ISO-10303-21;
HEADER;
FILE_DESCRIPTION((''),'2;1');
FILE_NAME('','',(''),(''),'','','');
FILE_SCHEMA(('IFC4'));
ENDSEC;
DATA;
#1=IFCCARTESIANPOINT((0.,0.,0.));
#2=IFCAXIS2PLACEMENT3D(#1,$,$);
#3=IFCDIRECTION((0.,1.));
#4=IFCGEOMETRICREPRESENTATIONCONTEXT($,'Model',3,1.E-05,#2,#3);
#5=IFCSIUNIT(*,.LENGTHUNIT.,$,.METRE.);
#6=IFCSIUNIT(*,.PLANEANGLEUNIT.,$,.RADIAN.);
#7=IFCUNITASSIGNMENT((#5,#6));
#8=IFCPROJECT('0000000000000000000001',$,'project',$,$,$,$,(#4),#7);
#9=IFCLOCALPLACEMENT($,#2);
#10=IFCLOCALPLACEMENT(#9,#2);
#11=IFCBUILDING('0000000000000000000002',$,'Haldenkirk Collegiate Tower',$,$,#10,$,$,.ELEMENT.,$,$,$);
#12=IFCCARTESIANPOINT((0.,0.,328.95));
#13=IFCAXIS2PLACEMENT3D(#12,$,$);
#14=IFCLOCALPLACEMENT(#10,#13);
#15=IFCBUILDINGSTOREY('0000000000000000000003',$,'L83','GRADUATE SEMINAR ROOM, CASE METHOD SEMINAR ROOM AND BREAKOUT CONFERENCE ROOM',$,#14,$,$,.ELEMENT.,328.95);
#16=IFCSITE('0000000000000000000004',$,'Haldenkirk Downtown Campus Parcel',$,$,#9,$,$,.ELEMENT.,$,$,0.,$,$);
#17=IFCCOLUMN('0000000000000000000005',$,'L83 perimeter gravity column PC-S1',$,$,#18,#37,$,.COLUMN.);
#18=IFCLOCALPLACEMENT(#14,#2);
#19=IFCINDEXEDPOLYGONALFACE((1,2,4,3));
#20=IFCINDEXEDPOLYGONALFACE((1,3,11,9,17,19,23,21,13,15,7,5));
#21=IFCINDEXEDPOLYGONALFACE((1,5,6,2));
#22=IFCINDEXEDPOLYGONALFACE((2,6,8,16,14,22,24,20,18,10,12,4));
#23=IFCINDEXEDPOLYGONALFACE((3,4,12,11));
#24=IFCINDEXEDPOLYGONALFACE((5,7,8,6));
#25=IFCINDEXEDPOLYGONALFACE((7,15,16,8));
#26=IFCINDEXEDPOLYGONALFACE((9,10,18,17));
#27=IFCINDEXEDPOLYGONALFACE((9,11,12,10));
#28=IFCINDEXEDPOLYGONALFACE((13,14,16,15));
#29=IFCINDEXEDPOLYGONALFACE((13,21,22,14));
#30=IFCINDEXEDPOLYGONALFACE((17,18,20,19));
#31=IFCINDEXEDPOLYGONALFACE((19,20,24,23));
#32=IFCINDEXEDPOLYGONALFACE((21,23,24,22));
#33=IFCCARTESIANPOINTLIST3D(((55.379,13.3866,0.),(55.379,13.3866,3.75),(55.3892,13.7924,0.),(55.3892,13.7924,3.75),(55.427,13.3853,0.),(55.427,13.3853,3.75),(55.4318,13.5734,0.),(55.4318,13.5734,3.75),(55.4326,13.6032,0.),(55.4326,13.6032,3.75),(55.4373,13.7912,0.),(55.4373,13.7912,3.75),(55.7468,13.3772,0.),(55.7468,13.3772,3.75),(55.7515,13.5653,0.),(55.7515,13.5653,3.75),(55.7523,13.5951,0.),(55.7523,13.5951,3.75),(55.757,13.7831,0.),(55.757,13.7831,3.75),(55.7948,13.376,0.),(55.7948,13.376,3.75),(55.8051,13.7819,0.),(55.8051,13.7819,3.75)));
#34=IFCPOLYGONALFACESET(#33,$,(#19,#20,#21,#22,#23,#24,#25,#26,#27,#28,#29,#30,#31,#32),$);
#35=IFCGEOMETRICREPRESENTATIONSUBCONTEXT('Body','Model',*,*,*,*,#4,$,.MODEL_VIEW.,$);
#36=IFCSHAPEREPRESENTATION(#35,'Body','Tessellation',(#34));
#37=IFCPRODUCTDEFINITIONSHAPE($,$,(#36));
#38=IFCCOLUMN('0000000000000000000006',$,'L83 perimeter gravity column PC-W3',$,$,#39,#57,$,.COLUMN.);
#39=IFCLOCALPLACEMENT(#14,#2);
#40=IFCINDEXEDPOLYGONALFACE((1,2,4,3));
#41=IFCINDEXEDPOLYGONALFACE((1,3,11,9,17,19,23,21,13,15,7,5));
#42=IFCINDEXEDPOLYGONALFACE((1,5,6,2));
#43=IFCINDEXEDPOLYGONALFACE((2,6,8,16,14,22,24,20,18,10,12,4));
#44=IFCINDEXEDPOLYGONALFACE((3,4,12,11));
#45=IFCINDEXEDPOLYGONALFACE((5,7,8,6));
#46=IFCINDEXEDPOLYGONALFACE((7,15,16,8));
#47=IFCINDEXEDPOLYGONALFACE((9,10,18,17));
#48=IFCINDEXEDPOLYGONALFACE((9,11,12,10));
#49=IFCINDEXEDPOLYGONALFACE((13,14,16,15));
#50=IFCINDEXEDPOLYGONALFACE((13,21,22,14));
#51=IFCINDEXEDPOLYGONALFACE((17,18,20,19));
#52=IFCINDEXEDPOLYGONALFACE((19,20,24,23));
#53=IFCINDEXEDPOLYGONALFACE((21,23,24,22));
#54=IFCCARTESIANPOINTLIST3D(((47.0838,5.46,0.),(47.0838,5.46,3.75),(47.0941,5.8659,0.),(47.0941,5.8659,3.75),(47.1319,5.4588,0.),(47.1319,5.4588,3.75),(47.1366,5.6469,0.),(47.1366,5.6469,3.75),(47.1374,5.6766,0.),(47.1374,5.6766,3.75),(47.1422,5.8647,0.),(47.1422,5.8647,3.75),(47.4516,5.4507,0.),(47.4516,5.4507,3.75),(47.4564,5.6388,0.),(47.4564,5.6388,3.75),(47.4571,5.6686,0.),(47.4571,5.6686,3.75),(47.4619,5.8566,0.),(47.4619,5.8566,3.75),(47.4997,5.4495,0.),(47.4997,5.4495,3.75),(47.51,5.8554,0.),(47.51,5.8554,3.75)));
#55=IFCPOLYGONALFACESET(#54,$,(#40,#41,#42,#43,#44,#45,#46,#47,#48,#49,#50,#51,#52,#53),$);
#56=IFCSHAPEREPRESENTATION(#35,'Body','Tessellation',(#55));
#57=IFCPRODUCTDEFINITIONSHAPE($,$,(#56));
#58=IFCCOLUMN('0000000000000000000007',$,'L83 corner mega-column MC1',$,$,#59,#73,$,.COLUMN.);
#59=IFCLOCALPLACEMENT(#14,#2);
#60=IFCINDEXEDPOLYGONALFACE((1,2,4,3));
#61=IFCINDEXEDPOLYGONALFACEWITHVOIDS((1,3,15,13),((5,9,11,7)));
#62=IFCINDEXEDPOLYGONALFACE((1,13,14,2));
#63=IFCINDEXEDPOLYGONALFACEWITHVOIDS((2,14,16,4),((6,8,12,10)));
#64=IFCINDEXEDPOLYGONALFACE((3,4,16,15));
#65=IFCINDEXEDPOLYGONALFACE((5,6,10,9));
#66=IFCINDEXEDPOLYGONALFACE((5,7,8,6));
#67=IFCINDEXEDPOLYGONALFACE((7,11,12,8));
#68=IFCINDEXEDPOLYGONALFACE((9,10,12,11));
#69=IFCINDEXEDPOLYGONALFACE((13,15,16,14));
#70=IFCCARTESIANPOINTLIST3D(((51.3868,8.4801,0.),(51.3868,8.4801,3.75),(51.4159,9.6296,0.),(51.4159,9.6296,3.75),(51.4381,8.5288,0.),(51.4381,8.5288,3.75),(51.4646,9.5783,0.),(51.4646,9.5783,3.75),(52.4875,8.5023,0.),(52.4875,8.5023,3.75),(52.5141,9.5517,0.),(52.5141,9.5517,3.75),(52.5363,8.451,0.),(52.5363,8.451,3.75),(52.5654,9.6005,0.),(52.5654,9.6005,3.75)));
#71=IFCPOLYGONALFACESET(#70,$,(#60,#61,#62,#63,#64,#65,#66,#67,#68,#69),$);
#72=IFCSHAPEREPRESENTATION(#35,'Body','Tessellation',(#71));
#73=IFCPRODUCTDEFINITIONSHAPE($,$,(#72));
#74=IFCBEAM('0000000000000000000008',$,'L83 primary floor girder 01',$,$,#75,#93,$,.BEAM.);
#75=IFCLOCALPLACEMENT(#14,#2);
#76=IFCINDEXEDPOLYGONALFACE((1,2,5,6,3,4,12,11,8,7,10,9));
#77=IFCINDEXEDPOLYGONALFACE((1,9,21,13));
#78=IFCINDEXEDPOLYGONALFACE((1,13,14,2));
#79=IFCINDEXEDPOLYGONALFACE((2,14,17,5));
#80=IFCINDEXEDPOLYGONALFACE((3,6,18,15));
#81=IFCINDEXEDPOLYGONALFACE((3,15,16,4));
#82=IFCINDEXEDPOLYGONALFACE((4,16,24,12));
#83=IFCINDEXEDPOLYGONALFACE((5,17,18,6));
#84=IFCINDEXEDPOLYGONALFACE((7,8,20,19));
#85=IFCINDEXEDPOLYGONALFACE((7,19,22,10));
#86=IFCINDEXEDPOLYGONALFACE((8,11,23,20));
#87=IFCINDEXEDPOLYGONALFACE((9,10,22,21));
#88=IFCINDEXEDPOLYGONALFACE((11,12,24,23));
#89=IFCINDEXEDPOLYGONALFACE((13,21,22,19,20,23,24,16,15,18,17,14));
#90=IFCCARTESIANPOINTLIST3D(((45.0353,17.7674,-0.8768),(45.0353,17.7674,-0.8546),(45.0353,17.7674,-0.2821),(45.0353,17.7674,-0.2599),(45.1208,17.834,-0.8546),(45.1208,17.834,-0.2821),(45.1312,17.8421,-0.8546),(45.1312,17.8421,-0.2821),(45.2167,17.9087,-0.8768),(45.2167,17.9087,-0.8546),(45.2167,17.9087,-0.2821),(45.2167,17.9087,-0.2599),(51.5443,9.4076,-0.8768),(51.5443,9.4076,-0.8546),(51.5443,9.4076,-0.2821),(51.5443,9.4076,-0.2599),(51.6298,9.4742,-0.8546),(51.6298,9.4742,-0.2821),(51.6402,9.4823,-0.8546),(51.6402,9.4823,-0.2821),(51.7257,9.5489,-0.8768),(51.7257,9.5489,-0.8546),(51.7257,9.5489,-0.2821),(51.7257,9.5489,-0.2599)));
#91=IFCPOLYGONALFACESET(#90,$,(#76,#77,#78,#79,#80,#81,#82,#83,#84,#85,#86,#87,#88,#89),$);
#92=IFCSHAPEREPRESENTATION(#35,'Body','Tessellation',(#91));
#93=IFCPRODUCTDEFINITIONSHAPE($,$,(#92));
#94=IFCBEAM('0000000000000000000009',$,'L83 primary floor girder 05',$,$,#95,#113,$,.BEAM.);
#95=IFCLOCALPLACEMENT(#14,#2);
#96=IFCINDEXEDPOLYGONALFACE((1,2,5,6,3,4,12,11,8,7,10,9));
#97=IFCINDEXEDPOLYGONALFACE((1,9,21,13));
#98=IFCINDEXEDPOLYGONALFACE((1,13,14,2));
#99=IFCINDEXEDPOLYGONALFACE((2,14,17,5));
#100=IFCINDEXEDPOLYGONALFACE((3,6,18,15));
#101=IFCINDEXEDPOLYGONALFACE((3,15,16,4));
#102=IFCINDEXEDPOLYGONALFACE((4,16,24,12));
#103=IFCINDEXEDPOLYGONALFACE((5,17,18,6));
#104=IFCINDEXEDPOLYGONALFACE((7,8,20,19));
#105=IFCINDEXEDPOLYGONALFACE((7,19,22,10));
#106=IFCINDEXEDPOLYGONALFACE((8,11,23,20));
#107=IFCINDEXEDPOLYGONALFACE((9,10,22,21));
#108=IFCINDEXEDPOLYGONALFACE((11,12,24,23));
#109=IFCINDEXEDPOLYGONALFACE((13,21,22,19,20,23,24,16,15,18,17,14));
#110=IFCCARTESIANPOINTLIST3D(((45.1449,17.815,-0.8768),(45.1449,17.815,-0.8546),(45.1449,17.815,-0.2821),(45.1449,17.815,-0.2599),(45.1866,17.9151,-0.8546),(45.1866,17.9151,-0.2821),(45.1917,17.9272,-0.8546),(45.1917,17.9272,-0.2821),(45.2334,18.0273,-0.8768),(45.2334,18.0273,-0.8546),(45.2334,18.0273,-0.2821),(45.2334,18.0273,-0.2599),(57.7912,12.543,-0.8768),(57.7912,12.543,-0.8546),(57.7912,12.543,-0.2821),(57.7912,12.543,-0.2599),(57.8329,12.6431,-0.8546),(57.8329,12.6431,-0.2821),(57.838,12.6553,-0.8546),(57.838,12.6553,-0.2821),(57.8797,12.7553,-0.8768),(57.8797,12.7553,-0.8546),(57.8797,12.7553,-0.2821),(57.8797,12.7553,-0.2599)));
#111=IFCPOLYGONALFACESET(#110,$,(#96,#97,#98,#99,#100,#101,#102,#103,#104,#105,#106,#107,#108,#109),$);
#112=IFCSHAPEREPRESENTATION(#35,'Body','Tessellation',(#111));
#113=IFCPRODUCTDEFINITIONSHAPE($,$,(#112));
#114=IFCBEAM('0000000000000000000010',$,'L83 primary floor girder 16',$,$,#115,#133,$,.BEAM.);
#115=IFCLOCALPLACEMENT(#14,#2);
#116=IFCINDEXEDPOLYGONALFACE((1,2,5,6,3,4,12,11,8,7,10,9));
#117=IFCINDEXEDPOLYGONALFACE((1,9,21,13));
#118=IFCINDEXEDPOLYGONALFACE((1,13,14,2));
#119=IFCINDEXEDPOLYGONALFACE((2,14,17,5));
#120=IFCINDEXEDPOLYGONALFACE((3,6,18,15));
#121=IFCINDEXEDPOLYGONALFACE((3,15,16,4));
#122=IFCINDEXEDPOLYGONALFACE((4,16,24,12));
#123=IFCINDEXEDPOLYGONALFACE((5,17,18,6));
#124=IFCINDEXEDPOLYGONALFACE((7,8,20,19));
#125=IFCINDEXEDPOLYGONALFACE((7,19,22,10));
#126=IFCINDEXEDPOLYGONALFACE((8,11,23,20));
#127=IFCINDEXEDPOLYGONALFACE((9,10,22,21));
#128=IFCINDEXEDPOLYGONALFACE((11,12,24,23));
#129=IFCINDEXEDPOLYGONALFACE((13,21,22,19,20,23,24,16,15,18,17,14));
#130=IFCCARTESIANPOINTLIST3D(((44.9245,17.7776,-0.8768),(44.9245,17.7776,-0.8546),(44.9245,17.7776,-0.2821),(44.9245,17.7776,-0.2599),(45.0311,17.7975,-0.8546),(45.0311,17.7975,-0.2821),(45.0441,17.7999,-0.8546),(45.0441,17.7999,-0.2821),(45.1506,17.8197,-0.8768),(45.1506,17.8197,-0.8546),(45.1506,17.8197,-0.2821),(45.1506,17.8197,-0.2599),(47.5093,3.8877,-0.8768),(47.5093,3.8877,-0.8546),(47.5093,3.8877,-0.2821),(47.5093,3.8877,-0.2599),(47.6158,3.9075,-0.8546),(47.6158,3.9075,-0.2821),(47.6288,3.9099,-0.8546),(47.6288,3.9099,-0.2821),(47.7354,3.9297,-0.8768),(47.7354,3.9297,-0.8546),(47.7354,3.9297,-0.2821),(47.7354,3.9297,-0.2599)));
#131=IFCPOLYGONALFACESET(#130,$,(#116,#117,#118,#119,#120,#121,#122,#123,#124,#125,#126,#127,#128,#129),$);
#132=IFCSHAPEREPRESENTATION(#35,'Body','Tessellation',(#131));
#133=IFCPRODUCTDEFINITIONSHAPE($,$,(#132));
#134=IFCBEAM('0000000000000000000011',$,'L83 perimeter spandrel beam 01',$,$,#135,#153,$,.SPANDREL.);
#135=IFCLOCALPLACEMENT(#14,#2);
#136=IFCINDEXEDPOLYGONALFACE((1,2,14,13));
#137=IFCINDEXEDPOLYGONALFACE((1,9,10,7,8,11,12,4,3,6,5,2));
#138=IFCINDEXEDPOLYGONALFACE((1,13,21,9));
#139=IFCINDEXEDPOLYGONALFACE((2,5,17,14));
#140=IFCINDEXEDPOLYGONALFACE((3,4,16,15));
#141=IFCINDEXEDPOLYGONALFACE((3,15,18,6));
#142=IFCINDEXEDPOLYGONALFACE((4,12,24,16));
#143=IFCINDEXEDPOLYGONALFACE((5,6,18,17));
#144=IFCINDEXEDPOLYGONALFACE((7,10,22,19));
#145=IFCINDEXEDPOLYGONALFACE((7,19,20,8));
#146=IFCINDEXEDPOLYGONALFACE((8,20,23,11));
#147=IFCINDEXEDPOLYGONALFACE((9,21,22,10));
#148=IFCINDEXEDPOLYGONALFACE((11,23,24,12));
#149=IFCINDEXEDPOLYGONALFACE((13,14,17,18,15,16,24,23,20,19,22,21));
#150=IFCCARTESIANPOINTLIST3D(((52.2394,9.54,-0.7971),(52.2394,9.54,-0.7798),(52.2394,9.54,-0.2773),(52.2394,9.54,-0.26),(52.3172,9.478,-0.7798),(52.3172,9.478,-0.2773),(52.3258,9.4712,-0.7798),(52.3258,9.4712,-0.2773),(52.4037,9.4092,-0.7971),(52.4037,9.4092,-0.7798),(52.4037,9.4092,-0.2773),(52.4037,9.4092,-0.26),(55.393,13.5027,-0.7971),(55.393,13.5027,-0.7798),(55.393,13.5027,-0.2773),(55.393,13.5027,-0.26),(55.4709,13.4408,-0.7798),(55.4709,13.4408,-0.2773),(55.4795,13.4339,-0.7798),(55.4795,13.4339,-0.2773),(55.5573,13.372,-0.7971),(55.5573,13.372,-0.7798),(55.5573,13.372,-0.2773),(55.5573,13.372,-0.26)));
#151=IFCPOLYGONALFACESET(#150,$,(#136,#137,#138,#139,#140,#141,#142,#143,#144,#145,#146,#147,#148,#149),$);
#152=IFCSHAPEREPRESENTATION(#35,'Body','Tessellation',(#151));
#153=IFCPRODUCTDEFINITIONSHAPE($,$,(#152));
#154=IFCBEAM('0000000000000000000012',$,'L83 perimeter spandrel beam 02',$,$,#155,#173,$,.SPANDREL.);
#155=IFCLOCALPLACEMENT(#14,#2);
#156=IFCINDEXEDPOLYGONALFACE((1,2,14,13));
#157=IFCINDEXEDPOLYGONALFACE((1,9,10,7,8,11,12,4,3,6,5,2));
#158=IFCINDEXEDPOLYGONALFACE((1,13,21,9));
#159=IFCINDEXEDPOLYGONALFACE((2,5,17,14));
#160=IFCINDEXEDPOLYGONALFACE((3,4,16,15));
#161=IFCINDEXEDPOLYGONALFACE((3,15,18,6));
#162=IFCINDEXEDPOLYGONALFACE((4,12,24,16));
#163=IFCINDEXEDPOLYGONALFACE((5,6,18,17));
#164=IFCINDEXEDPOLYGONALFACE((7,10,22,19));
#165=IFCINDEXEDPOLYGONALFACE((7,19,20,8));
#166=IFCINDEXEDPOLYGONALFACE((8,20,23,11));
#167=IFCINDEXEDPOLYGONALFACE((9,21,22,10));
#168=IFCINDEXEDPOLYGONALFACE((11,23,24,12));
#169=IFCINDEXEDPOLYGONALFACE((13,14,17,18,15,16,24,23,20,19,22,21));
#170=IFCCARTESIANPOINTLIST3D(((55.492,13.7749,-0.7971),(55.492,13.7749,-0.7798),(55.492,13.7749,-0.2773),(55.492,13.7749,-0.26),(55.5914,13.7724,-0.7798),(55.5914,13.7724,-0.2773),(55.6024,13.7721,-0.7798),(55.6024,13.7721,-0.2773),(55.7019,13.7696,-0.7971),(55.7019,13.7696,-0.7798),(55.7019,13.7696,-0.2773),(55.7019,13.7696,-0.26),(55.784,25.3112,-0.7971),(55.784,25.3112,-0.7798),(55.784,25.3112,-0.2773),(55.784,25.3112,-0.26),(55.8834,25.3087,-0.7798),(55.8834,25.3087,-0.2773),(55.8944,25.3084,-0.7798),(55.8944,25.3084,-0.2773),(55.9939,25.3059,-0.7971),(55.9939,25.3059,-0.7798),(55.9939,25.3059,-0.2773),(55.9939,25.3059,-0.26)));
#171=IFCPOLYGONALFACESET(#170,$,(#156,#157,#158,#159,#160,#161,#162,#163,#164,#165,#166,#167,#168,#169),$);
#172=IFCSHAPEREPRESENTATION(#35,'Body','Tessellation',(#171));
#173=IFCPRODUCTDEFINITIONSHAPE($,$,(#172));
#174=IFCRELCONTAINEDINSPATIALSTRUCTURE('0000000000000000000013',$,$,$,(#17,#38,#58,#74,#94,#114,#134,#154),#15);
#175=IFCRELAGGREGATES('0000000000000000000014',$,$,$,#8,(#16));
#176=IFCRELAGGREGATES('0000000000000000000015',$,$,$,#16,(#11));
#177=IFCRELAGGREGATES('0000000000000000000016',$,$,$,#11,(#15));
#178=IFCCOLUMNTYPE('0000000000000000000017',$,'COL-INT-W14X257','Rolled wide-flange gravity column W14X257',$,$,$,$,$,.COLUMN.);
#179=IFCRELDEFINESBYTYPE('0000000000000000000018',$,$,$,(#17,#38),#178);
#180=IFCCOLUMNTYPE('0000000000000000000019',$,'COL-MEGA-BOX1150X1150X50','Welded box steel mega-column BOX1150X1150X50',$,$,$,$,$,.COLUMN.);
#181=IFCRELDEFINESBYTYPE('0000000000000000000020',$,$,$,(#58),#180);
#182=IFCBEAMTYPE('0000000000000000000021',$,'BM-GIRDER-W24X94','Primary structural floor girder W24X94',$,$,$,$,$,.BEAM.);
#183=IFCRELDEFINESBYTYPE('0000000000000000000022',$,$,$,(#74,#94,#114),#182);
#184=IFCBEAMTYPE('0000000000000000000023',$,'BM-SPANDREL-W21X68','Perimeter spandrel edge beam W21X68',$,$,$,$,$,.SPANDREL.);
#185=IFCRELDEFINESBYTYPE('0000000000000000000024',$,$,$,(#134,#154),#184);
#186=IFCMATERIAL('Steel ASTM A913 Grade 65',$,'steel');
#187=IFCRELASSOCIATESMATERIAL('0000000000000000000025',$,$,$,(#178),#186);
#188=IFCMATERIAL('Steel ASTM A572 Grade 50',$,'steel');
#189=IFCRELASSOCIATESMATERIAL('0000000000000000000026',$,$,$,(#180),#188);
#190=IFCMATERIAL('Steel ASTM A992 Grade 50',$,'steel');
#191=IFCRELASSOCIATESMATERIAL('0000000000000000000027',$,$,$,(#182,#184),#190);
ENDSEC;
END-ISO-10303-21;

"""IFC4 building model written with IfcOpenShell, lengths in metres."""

from ifc_helpers import new_model, si_unit, direction, frame, origin, origin_2d, place, context, subcontext, project, spatial, hollow_rectangle, i_section, extrude, material, material_profile, profile_set, type_object, element, save


model = new_model("IFC4")

# Units and contexts
model_context = context("Model", 3, precision=1e-05, world=origin(), true_north=direction((0.0, 1.0)))
body_context = subcontext(model_context, "Body", "Model", "MODEL_VIEW")
ifc_project = project(units=[si_unit("LENGTHUNIT", "METRE"), si_unit("PLANEANGLEUNIT", "RADIAN")], contexts=[model_context])

# Site, building, storey
site_placement = place(None, origin())
site = spatial("IfcSite", under=ifc_project, at=site_placement, Name="Haldenkirk Downtown Campus Parcel", CompositionType="ELEMENT", RefElevation=0.0)
building_placement = place(site_placement, origin())
building = spatial("IfcBuilding", under=site, at=building_placement, Name="Haldenkirk Collegiate Tower", CompositionType="ELEMENT")
storey_placement = place(building_placement, frame((0.0, 0.0, 328.95)))
storey = spatial("IfcBuildingStorey", under=building, at=storey_placement, Name="L83", Description="GRADUATE SEMINAR ROOM, CASE METHOD SEMINAR ROOM AND BREAKOUT CONFERENCE ROOM", CompositionType="ELEMENT", Elevation=328.95)

# Columns
ifc_material_1 = material(Name="Steel ASTM A913 Grade 65", Category="steel")
ifc_material_profile_1 = material_profile(ifc_material_1, i_section(OverallWidth=0.406, OverallDepth=0.416, WebThickness=0.0298, FlangeThickness=0.0481, at=origin_2d()), Name="W14X257")
ifc_profile_set_1 = profile_set([ifc_material_profile_1], Name="Steel ASTM A913 Grade 65")
column_type_1 = type_object("IfcColumnType", Name="COL-INT-W14X257", Description="Rolled wide-flange gravity column W14X257", PredefinedType="COLUMN", material=ifc_profile_set_1)
for number, where, z_axis, x_axis, name in (
    (1, (55.592, 13.5842, 0.0), (0.0, 0.0, 1.0), (0.025305, 0.99968, 0.0), "L83 perimeter gravity column PC-S1"),
    (2, (47.2969, 5.6577, 0.0), (0.0, 0.0, 1.0), (0.025305, 0.99968, 0.0), "L83 perimeter gravity column PC-W3"),
):
    element("IfcColumn", number, at=place(storey_placement, frame(where, z_axis=z_axis, x_axis=x_axis)), inside=storey, type_object=column_type_1, Name=name, PredefinedType="COLUMN", context=body_context, shape_type="SweptSolid", body=[
        extrude(i_section(OverallWidth=0.406, OverallDepth=0.416, WebThickness=0.0298, FlangeThickness=0.0481, at=origin_2d()), origin(), (0.0, 0.0, 1.0), 3.75),
    ])
ifc_material_2 = material(Name="Steel ASTM A572 Grade 50", Category="steel")
ifc_material_profile_2 = material_profile(ifc_material_2, hollow_rectangle(XDim=1.1499, YDim=1.1499, WallThickness=0.05, at=origin_2d()), Name="BOX1150X1150X50")
ifc_profile_set_2 = profile_set([ifc_material_profile_2], Name="Steel ASTM A572 Grade 50")
column_type_2 = type_object("IfcColumnType", Name="COL-MEGA-BOX1150X1150X50", Description="Welded box steel mega-column BOX1150X1150X50", PredefinedType="COLUMN", material=ifc_profile_set_2)
column_placement = place(storey_placement, frame((51.9761, 9.0403, 0.0), z_axis=(0.0, 0.0, 1.0), x_axis=(0.025305, 0.99968, 0.0)))
element("IfcColumn", 3, at=column_placement, inside=storey, type_object=column_type_2, Name="L83 corner mega-column MC1", PredefinedType="COLUMN", context=body_context, shape_type="SweptSolid", body=[
    extrude(hollow_rectangle(XDim=1.1499, YDim=1.1499, WallThickness=0.05, at=origin_2d()), origin(), (0.0, 0.0, 1.0), 3.75),
])

# Beams
ifc_material_3 = material(Name="Steel ASTM A992 Grade 50", Category="steel")
ifc_material_profile_3 = material_profile(ifc_material_3, i_section(OverallWidth=0.23, OverallDepth=0.6169, WebThickness=0.0132, FlangeThickness=0.0222, at=origin_2d()), Name="W24X94")
ifc_profile_set_3 = profile_set([ifc_material_profile_3], Name="Steel ASTM A992 Grade 50")
beam_type_1 = type_object("IfcBeamType", Name="BM-GIRDER-W24X94", Description="Primary structural floor girder W24X94", PredefinedType="BEAM", material=ifc_profile_set_3)
beam_1_placement = place(storey_placement, frame((51.635, 9.4783, -0.5684), z_axis=(-0.614347, 0.789036, 0.0), x_axis=(-0.789036, -0.614347, 0.0)))
element("IfcBeam", 4, at=beam_1_placement, inside=storey, type_object=beam_type_1, Name="L83 primary floor girder 01", PredefinedType="BEAM", context=body_context, shape_type="SweptSolid", body=[
    extrude(i_section(OverallWidth=0.23, OverallDepth=0.6169, WebThickness=0.0132, FlangeThickness=0.0222, at=origin_2d()), origin(), (0.0, 0.0, 1.0), 10.595),
])
beam_2_placement = place(storey_placement, frame((57.8354, 12.6492, -0.5684), z_axis=(-0.923007, 0.384784, 0.0), x_axis=(-0.384784, -0.923007, 0.0)))
element("IfcBeam", 5, at=beam_2_placement, inside=storey, type_object=beam_type_1, Name="L83 primary floor girder 05", PredefinedType="BEAM", context=body_context, shape_type="SweptSolid", body=[
    extrude(i_section(OverallWidth=0.23, OverallDepth=0.6169, WebThickness=0.0132, FlangeThickness=0.0222, at=origin_2d()), origin(), (0.0, 0.0, 1.0), 13.7012),
])
beam_3_placement = place(storey_placement, frame((47.6223, 3.9087, -0.5684), z_axis=(-0.182946, 0.983123, 0.0), x_axis=(-0.983123, -0.182946, 0.0)))
element("IfcBeam", 6, at=beam_3_placement, inside=storey, type_object=beam_type_1, Name="L83 primary floor girder 16", PredefinedType="BEAM", context=body_context, shape_type="SweptSolid", body=[
    extrude(i_section(OverallWidth=0.23, OverallDepth=0.6169, WebThickness=0.0132, FlangeThickness=0.0222, at=origin_2d()), origin(), (0.0, 0.0, 1.0), 14.1284),
])
ifc_material_profile_4 = material_profile(ifc_material_3, i_section(OverallWidth=0.21, OverallDepth=0.5371, WebThickness=0.011, FlangeThickness=0.0173, at=origin_2d()), Name="W21X68")
ifc_profile_set_4 = profile_set([ifc_material_profile_4], Name="Steel ASTM A992 Grade 50")
beam_type_2 = type_object("IfcBeamType", Name="BM-SPANDREL-W21X68", Description="Perimeter spandrel edge beam W21X68", PredefinedType="SPANDREL", material=ifc_profile_set_4)
beam_4_placement = place(storey_placement, frame((52.3215, 9.4746, -0.5286), z_axis=(0.6227, 0.782461, 0.0), x_axis=(-0.782461, 0.6227, 0.0)))
element("IfcBeam", 7, at=beam_4_placement, inside=storey, type_object=beam_type_2, Name="L83 perimeter spandrel beam 01", PredefinedType="SPANDREL", context=body_context, shape_type="SweptSolid", body=[
    extrude(i_section(OverallWidth=0.21, OverallDepth=0.5371, WebThickness=0.011, FlangeThickness=0.0173, at=origin_2d()), origin(), (0.0, 0.0, 1.0), 5.0645),
])
beam_5_placement = place(storey_placement, frame((55.5969, 13.7722, -0.5286), z_axis=(0.025302, 0.99968, 0.0), x_axis=(-0.99968, 0.025302, 0.0)))
element("IfcBeam", 8, at=beam_5_placement, inside=storey, type_object=beam_type_2, Name="L83 perimeter spandrel beam 02", PredefinedType="SPANDREL", context=body_context, shape_type="SweptSolid", body=[
    extrude(i_section(OverallWidth=0.21, OverallDepth=0.5371, WebThickness=0.011, FlangeThickness=0.0173, at=origin_2d()), origin(), (0.0, 0.0, 1.0), 11.54),
])

save(model, "model.ifc")
